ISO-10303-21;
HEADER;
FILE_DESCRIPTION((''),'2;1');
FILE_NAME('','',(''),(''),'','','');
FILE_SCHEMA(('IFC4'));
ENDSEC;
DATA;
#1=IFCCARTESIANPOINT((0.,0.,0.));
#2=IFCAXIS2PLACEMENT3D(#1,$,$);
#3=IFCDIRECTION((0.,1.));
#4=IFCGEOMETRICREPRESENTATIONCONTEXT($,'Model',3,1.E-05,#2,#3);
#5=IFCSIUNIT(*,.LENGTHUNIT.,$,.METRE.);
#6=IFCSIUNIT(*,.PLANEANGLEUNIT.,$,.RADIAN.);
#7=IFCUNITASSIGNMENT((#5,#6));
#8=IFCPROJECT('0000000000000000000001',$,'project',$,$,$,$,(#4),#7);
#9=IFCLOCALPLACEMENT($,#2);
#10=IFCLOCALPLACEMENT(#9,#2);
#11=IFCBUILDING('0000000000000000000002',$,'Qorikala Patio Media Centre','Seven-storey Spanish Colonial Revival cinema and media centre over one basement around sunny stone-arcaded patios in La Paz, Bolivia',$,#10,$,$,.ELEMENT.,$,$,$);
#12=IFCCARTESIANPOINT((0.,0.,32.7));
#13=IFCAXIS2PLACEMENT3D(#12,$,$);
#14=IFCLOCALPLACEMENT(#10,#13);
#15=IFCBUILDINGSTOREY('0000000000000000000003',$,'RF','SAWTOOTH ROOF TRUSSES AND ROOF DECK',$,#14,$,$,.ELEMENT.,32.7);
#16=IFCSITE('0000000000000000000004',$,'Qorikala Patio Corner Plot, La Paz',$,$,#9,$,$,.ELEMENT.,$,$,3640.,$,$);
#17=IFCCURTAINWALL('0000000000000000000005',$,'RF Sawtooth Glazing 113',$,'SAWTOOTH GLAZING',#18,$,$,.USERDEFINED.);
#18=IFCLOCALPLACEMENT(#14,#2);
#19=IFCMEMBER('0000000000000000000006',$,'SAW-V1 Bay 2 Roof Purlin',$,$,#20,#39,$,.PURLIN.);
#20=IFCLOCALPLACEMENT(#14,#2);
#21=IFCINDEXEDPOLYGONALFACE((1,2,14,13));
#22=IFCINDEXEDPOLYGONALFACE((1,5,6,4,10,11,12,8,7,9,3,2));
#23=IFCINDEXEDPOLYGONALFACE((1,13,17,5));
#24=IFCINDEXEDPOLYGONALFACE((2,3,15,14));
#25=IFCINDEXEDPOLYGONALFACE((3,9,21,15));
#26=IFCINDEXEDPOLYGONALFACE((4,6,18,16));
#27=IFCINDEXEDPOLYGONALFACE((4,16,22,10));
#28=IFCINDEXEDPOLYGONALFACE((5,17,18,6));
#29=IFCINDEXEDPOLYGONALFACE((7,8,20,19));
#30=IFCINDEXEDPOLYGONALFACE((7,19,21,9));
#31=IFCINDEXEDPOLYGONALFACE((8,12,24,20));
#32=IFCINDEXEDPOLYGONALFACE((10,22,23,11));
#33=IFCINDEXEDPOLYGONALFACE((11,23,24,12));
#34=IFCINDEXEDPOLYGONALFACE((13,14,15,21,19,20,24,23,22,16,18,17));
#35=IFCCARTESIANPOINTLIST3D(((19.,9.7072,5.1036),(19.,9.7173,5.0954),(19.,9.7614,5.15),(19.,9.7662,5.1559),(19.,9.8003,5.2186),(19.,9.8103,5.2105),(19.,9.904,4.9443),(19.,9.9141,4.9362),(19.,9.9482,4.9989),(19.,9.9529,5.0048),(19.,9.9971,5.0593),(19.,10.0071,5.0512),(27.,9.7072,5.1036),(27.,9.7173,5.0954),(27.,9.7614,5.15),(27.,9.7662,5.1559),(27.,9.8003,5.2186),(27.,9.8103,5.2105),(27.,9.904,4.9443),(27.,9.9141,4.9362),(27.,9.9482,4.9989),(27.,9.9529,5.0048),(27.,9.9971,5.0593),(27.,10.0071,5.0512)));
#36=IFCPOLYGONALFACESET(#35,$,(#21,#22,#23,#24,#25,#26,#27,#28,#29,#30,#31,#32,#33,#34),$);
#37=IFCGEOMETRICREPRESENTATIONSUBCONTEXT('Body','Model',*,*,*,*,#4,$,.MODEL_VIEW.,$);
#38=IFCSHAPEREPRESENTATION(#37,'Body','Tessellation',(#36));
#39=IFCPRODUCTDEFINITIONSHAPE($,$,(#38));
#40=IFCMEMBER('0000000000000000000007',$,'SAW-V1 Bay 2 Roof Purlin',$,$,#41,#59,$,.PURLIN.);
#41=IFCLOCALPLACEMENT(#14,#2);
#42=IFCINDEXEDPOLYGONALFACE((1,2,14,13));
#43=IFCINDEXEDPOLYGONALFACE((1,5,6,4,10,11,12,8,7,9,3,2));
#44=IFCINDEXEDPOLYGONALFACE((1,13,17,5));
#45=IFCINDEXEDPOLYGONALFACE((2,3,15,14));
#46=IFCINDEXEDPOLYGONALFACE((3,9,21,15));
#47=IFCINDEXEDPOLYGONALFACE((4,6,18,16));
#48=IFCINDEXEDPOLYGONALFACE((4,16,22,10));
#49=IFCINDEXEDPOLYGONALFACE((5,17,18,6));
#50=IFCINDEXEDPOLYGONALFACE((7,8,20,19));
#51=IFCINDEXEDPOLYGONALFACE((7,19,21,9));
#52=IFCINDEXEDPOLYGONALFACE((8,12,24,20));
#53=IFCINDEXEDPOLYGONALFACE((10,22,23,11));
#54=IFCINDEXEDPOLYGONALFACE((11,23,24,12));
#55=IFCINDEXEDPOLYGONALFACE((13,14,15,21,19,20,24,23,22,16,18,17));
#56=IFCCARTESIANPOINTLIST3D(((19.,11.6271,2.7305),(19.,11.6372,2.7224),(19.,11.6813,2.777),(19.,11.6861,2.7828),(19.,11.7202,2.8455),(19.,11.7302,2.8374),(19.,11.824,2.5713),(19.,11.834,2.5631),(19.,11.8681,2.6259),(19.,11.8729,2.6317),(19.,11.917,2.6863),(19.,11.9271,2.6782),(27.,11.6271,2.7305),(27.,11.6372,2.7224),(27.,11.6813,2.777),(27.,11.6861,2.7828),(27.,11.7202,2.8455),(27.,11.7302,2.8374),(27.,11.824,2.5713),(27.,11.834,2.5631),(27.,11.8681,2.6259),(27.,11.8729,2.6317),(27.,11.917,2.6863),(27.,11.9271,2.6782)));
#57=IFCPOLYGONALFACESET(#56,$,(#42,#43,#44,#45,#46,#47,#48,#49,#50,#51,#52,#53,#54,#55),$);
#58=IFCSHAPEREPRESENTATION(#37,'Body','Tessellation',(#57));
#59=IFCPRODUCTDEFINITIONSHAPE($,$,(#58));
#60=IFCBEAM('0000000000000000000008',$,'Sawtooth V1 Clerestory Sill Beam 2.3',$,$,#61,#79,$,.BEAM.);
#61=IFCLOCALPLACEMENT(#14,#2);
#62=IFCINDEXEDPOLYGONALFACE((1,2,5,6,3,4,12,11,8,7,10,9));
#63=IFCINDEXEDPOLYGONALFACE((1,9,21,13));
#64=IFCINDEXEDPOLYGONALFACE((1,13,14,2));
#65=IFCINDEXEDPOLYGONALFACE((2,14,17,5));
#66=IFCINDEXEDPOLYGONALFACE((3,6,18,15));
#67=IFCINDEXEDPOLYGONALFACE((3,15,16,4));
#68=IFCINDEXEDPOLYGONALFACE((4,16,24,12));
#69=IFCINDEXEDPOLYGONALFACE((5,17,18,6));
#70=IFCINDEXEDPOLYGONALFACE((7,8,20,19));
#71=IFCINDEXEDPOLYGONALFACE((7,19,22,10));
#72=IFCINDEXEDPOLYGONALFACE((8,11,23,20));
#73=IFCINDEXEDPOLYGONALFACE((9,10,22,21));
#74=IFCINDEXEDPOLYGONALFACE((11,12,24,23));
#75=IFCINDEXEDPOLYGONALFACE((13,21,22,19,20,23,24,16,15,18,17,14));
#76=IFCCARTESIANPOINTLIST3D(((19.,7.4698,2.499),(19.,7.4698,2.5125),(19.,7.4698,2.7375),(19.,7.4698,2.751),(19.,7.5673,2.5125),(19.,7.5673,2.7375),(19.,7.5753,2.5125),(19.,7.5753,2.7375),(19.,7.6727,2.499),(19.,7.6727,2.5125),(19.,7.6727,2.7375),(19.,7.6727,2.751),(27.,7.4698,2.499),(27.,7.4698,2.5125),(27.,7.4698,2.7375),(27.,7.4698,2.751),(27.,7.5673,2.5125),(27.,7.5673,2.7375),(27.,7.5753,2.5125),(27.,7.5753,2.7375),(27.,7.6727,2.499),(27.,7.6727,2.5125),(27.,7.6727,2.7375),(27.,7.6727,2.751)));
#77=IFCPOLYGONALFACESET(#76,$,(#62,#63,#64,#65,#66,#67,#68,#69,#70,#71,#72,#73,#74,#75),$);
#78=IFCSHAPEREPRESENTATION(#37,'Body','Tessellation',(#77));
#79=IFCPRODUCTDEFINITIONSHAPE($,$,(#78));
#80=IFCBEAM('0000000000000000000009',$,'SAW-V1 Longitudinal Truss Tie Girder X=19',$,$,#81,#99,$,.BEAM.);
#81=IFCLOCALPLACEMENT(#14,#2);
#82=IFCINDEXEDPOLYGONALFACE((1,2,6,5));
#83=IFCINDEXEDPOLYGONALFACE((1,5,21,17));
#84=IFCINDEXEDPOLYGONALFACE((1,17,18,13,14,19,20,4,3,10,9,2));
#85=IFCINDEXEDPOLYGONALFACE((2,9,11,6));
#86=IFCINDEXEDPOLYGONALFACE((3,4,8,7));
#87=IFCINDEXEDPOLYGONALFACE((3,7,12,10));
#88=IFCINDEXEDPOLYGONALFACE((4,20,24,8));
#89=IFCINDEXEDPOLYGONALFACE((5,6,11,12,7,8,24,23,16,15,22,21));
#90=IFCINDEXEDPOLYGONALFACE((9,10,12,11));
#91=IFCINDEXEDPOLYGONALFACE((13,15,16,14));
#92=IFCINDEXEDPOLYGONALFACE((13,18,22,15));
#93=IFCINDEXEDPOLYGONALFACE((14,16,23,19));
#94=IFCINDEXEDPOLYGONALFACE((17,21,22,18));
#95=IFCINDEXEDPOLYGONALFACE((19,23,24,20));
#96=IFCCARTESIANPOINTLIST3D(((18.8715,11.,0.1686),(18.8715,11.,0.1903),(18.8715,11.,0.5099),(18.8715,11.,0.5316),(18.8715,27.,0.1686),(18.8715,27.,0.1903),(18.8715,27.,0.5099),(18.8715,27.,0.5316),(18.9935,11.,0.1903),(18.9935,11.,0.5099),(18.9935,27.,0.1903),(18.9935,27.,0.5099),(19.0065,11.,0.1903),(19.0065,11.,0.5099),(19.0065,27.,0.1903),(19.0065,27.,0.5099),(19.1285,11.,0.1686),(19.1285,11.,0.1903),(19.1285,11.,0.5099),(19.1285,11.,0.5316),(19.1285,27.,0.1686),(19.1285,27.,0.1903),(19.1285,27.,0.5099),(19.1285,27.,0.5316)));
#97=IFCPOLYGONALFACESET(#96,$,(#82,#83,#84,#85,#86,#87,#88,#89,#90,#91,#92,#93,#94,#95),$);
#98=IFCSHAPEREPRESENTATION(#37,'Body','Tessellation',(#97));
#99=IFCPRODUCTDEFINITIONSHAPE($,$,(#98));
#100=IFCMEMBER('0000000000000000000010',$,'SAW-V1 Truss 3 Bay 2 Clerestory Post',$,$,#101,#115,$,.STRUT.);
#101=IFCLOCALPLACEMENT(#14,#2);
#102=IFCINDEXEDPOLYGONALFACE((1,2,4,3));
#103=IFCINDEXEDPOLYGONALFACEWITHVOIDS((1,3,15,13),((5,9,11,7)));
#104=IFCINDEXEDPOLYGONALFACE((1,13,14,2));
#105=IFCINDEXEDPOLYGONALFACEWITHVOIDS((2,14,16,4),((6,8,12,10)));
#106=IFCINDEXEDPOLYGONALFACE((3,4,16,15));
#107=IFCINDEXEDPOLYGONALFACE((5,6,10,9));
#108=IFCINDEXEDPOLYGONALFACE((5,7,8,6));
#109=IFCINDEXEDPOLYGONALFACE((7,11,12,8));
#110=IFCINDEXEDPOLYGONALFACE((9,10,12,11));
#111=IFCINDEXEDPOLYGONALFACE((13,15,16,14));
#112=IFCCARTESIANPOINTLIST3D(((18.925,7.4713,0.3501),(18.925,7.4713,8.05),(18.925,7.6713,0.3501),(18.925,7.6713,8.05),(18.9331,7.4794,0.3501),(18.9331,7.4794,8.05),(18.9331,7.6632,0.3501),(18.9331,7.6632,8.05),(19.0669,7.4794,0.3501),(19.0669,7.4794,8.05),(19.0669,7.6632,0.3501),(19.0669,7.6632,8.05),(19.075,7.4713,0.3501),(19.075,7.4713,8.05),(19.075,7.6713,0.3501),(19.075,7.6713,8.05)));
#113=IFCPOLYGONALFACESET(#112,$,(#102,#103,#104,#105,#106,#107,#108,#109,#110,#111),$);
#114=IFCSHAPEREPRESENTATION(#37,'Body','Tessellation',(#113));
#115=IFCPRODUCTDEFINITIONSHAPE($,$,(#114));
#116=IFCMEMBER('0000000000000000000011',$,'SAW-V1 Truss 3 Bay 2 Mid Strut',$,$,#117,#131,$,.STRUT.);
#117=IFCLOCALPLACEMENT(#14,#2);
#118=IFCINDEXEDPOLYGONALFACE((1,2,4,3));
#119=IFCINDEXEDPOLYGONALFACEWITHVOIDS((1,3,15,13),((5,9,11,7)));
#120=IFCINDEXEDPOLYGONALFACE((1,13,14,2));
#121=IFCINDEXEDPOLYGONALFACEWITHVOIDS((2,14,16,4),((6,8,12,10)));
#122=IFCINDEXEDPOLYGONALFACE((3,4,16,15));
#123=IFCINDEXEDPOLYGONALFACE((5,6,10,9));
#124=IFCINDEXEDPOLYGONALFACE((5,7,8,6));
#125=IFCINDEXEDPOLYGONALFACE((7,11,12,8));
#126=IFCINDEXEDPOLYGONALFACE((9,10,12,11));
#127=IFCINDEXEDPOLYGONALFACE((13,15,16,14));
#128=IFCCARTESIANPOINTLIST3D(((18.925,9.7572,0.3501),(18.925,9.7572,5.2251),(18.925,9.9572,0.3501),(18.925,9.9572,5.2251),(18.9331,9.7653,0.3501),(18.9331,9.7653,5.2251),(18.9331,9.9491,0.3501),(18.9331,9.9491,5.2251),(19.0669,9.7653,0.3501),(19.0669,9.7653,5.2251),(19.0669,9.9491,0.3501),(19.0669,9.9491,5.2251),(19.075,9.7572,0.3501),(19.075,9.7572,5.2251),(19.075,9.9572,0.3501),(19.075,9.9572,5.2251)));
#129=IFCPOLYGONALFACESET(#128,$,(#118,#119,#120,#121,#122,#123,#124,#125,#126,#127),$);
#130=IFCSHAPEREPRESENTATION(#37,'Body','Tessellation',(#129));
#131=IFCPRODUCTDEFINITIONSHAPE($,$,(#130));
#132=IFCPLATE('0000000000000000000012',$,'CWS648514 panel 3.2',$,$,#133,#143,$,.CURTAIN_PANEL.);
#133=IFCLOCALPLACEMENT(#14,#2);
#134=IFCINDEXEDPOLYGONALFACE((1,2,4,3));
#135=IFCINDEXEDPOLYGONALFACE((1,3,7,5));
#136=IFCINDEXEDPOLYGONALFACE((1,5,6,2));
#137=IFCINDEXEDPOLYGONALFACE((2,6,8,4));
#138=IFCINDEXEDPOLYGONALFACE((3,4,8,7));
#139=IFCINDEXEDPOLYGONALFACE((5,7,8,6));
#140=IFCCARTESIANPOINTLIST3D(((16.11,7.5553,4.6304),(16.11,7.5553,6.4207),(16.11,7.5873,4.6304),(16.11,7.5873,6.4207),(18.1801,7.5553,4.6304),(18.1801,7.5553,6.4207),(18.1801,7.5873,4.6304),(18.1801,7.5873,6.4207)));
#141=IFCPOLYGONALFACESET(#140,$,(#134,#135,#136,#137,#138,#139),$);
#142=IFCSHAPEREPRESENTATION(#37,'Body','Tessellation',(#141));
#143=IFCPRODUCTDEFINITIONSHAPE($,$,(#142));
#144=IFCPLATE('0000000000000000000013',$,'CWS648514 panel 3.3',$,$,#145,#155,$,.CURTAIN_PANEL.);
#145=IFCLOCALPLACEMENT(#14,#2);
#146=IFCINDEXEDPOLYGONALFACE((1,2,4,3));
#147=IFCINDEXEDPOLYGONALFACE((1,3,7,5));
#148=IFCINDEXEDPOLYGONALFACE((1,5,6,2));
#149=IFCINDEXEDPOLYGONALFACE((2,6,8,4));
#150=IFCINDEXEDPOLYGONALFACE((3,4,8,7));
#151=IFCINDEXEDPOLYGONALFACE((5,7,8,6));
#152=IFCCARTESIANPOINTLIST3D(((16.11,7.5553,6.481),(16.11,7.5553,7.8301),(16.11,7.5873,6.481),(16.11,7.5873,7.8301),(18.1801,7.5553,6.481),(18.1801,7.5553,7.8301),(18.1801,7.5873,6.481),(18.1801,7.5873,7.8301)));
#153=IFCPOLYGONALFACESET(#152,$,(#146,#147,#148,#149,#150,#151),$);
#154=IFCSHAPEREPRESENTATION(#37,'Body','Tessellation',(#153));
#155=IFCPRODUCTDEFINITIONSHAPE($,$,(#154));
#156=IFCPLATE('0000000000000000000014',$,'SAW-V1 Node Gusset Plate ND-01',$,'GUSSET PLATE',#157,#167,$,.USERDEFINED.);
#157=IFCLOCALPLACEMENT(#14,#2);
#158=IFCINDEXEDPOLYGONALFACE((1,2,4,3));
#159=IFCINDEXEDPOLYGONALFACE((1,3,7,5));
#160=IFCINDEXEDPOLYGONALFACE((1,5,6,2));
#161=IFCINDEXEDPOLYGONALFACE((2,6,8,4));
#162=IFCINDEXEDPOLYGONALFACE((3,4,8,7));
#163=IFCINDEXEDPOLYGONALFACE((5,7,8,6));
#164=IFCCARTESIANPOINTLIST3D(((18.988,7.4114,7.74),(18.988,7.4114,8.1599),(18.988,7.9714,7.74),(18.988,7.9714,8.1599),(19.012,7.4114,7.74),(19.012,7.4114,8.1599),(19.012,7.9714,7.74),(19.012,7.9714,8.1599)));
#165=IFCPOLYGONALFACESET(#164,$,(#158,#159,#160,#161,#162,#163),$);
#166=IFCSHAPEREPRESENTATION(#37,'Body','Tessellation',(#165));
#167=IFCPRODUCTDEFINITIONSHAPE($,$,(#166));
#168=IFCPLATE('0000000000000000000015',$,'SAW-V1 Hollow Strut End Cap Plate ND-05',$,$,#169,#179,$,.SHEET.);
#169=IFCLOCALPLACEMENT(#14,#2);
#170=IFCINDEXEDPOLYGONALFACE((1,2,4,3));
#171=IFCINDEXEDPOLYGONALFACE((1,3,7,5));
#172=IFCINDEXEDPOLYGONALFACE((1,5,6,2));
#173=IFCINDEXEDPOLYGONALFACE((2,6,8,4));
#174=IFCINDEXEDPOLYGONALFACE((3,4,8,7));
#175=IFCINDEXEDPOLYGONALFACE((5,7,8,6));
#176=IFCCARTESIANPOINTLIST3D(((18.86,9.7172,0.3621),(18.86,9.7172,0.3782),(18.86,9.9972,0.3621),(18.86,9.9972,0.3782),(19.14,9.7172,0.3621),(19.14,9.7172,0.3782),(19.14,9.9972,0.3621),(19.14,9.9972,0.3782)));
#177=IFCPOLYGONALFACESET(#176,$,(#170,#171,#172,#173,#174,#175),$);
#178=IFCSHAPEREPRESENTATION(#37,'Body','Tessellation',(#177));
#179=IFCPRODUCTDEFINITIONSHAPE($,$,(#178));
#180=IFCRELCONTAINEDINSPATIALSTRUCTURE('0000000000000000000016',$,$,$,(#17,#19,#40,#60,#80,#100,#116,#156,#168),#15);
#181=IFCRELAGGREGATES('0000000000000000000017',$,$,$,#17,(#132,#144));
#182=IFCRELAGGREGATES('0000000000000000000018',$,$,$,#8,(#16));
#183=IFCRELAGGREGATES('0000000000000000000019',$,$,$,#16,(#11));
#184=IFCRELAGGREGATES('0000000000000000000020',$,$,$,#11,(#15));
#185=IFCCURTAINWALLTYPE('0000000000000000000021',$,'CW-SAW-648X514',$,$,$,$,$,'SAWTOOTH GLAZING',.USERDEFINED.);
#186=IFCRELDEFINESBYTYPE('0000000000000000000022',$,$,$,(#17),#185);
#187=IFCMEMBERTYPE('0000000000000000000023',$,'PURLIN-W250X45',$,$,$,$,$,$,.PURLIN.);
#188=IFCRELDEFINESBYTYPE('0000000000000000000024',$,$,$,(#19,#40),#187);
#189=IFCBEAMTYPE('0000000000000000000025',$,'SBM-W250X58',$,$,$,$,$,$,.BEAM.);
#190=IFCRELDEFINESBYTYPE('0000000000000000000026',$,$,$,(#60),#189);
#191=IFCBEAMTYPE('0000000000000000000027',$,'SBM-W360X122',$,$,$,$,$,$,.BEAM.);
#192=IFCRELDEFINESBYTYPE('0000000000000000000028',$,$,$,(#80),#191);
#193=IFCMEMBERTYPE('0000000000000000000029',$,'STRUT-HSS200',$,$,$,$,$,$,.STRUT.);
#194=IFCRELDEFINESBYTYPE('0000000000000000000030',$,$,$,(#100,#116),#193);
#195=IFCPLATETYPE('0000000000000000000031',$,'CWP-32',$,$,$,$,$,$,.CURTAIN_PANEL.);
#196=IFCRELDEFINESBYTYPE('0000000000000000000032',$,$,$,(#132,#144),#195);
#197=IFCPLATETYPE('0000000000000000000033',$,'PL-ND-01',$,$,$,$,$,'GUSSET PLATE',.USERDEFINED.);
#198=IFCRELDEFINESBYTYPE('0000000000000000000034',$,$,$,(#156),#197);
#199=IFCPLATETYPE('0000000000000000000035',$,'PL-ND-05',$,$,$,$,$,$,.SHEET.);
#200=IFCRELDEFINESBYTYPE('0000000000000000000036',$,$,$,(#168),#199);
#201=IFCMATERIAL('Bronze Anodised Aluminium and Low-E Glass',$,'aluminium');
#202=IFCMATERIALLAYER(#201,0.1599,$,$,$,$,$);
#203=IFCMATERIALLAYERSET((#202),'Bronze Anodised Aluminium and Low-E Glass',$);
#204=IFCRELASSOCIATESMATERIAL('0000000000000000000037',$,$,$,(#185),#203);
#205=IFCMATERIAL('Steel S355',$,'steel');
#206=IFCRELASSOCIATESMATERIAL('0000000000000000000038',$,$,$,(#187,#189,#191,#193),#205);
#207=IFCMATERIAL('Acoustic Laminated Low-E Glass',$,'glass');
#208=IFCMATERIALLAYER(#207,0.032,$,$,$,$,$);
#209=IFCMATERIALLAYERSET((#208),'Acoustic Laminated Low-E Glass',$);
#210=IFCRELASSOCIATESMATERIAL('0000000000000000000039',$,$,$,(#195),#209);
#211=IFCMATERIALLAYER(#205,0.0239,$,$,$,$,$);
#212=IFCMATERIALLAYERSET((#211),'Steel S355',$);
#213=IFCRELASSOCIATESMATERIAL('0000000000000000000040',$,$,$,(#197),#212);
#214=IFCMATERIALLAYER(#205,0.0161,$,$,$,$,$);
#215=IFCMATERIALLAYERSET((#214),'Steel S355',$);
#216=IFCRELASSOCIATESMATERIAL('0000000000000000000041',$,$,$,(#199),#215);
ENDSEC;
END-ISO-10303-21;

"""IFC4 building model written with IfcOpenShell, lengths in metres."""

from ifc_helpers import new_model, si_unit, direction, frame, origin, origin_2d, place, context, subcontext, project, spatial, rectangle, hollow_rectangle, i_section, extrude, material, layer, layer_set, material_profile, profile_set, type_object, element, aggregate, save


model = new_model("IFC4")

# Units and contexts
model_context = context("Model", 3, precision=1e-05, world=origin(), true_north=direction((0.0, 1.0)))
body_context = subcontext(model_context, "Body", "Model", "MODEL_VIEW")
ifc_project = project(units=[si_unit("LENGTHUNIT", "METRE"), si_unit("PLANEANGLEUNIT", "RADIAN")], contexts=[model_context])

# Site, building, storey
site_placement = place(None, origin())
site = spatial("IfcSite", under=ifc_project, at=site_placement, Name="Qorikala Patio Corner Plot, La Paz", CompositionType="ELEMENT", RefElevation=3640.0)
building_placement = place(site_placement, origin())
building = spatial("IfcBuilding", under=site, at=building_placement, Name="Qorikala Patio Media Centre", Description="Seven-storey Spanish Colonial Revival cinema and media centre over one basement around sunny stone-arcaded patios in La Paz, Bolivia", CompositionType="ELEMENT")
storey_placement = place(building_placement, frame((0.0, 0.0, 32.7)))
storey = spatial("IfcBuildingStorey", under=building, at=storey_placement, Name="RF", Description="SAWTOOTH ROOF TRUSSES AND ROOF DECK", CompositionType="ELEMENT", Elevation=32.7)

# Shared definitions
ifc_material_1 = material(Name="Steel S355", Category="steel")

# Curtain wall
ifc_material_2 = material(Name="Bronze Anodised Aluminium and Low-E Glass", Category="aluminium")
ifc_layer_1 = layer(ifc_material_2, 0.1599)
ifc_layer_set_1 = layer_set([ifc_layer_1], Name="Bronze Anodised Aluminium and Low-E Glass")
curtain_wall_type_1 = type_object("IfcCurtainWallType", Name="CW-SAW-648X514", ElementType="SAWTOOTH GLAZING", PredefinedType="USERDEFINED", material=ifc_layer_set_1)
curtain_wall_1_placement = place(storey_placement, origin())
curtain_wall_1 = element("IfcCurtainWall", 1, at=curtain_wall_1_placement, inside=storey, type_object=curtain_wall_type_1, Name="RF Sawtooth Glazing 113", ObjectType="SAWTOOTH GLAZING", PredefinedType="USERDEFINED")

# Members
ifc_material_profile_1 = material_profile(ifc_material_1, i_section(OverallWidth=0.1479, OverallDepth=0.2661, WebThickness=0.0076, FlangeThickness=0.0129, at=origin_2d()), Name="W250X45")
ifc_profile_set_1 = profile_set([ifc_material_profile_1], Name="Steel S355")
member_type_1 = type_object("IfcMemberType", Name="PURLIN-W250X45", PredefinedType="PURLIN", material=ifc_profile_set_1)
for number, where, z_axis, x_axis, name in (
    (2, (19.0, 9.8572, 5.0774), (1.0, 0.0, 0.0), (0.0, 0.628995, 0.77741), "SAW-V1 Bay 2 Roof Purlin"),
    (3, (19.0, 11.7771, 2.7043), (1.0, 0.0, 0.0), (0.0, 0.628995, 0.77741), "SAW-V1 Bay 2 Roof Purlin"),
):
    element("IfcMember", number, at=place(storey_placement, frame(where, z_axis=z_axis, x_axis=x_axis)), inside=storey, type_object=member_type_1, Name=name, PredefinedType="PURLIN", context=body_context, shape_type="SweptSolid", body=[
        extrude(i_section(OverallWidth=0.1479, OverallDepth=0.2661, WebThickness=0.0076, FlangeThickness=0.0129, at=origin_2d()), origin(), (0.0, 0.0, 1.0), 8.0),
    ])

# Beams
ifc_material_profile_2 = material_profile(ifc_material_1, i_section(OverallWidth=0.2029, OverallDepth=0.252, WebThickness=0.0081, FlangeThickness=0.0134, at=origin_2d()), Name="W250X58")
ifc_profile_set_2 = profile_set([ifc_material_profile_2], Name="Steel S355")
beam_type_1 = type_object("IfcBeamType", Name="SBM-W250X58", PredefinedType="BEAM", material=ifc_profile_set_2)
beam_1_placement = place(storey_placement, frame((19.0, 7.5713, 2.625), z_axis=(1.0, 0.0, 0.0), x_axis=(0.0, 1.0, 0.0)))
element("IfcBeam", 4, at=beam_1_placement, inside=storey, type_object=beam_type_1, Name="Sawtooth V1 Clerestory Sill Beam 2.3", PredefinedType="BEAM", context=body_context, shape_type="SweptSolid", body=[
    extrude(i_section(OverallWidth=0.2029, OverallDepth=0.252, WebThickness=0.0081, FlangeThickness=0.0134, at=origin_2d()), origin(), (0.0, 0.0, 1.0), 8.0),
])
ifc_material_profile_3 = material_profile(ifc_material_1, i_section(OverallWidth=0.2571, OverallDepth=0.363, WebThickness=0.0129, FlangeThickness=0.0217, at=origin_2d()), Name="W360X122")
ifc_profile_set_3 = profile_set([ifc_material_profile_3], Name="Steel S355")
beam_type_2 = type_object("IfcBeamType", Name="SBM-W360X122", PredefinedType="BEAM", material=ifc_profile_set_3)
beam_2_placement = place(storey_placement, frame((19.0, 11.0, 0.3501), z_axis=(0.0, 1.0, 0.0), x_axis=(-1.0, 0.0, 0.0)))
element("IfcBeam", 5, at=beam_2_placement, inside=storey, type_object=beam_type_2, Name="SAW-V1 Longitudinal Truss Tie Girder X=19", PredefinedType="BEAM", context=body_context, shape_type="SweptSolid", body=[
    extrude(i_section(OverallWidth=0.2571, OverallDepth=0.363, WebThickness=0.0129, FlangeThickness=0.0217, at=origin_2d()), origin(), (0.0, 0.0, 1.0), 16.0),
])

# Members
ifc_material_profile_4 = material_profile(ifc_material_1, hollow_rectangle(XDim=0.1499, YDim=0.2, WallThickness=0.0081, at=origin_2d()), Name="HSS200X150X8")
ifc_profile_set_4 = profile_set([ifc_material_profile_4], Name="Steel S355")
member_type_2 = type_object("IfcMemberType", Name="STRUT-HSS200", PredefinedType="STRUT", material=ifc_profile_set_4)
member_1_placement = place(storey_placement, frame((19.0, 7.5713, 0.3501), z_axis=(0.0, 0.0, 1.0), x_axis=(1.0, 0.0, 0.0)))
element("IfcMember", 6, at=member_1_placement, inside=storey, type_object=member_type_2, Name="SAW-V1 Truss 3 Bay 2 Clerestory Post", PredefinedType="STRUT", context=body_context, shape_type="SweptSolid", body=[
    extrude(hollow_rectangle(XDim=0.1499, YDim=0.2, WallThickness=0.0081, at=origin_2d()), origin(), (0.0, 0.0, 1.0), 7.7),
])
member_2_placement = place(storey_placement, frame((19.0, 9.8572, 0.3501), z_axis=(0.0, 0.0, 1.0), x_axis=(1.0, 0.0, 0.0)))
element("IfcMember", 7, at=member_2_placement, inside=storey, type_object=member_type_2, Name="SAW-V1 Truss 3 Bay 2 Mid Strut", PredefinedType="STRUT", context=body_context, shape_type="SweptSolid", body=[
    extrude(hollow_rectangle(XDim=0.1499, YDim=0.2, WallThickness=0.0081, at=origin_2d()), origin(), (0.0, 0.0, 1.0), 4.875),
])

# Plates
ifc_material_3 = material(Name="Acoustic Laminated Low-E Glass", Category="glass")
ifc_layer_2 = layer(ifc_material_3, 0.032)
ifc_layer_set_2 = layer_set([ifc_layer_2], Name="Acoustic Laminated Low-E Glass")
plate_type_1 = type_object("IfcPlateType", Name="CWP-32", PredefinedType="CURTAIN_PANEL", material=ifc_layer_set_2)
plate_1_placement = place(storey_placement, frame((17.145, 7.5713, 4.6304), z_axis=(0.0, 0.0, 1.0), x_axis=(1.0, 0.0, 0.0)))
plate_1 = element("IfcPlate", 8, at=plate_1_placement, type_object=plate_type_1, Name="CWS648514 panel 3.2", PredefinedType="CURTAIN_PANEL", context=body_context, shape_type="SweptSolid", body=[
    extrude(rectangle(XDim=2.0701, YDim=0.032, at=origin_2d()), origin(), (0.0, 0.0, 1.0), 1.7903),
])
plate_2_placement = place(storey_placement, frame((17.145, 7.5713, 6.481), z_axis=(0.0, 0.0, 1.0), x_axis=(1.0, 0.0, 0.0)))
plate_2 = element("IfcPlate", 9, at=plate_2_placement, type_object=plate_type_1, Name="CWS648514 panel 3.3", PredefinedType="CURTAIN_PANEL", context=body_context, shape_type="SweptSolid", body=[
    extrude(rectangle(XDim=2.0701, YDim=0.032, at=origin_2d()), origin(), (0.0, 0.0, 1.0), 1.3491),
])
aggregate(curtain_wall_1, [plate_1, plate_2])

# Plates
ifc_layer_3 = layer(ifc_material_1, 0.0239)
ifc_layer_set_3 = layer_set([ifc_layer_3], Name="Steel S355")
plate_type_2 = type_object("IfcPlateType", Name="PL-ND-01", ElementType="GUSSET PLATE", PredefinedType="USERDEFINED", material=ifc_layer_set_3)
plate_3_placement = place(storey_placement, frame((19.0, 7.6914, 7.74), z_axis=(0.0, 0.0, 1.0), x_axis=(1.0, 0.0, 0.0)))
element("IfcPlate", 10, at=plate_3_placement, inside=storey, type_object=plate_type_2, Name="SAW-V1 Node Gusset Plate ND-01", ObjectType="GUSSET PLATE", PredefinedType="USERDEFINED", context=body_context, shape_type="SweptSolid", body=[
    extrude(rectangle(XDim=0.0239, YDim=0.5601, at=origin_2d()), origin(), (0.0, 0.0, 1.0), 0.4199),
])
ifc_layer_4 = layer(ifc_material_1, 0.0161)
ifc_layer_set_4 = layer_set([ifc_layer_4], Name="Steel S355")
plate_type_3 = type_object("IfcPlateType", Name="PL-ND-05", PredefinedType="SHEET", material=ifc_layer_set_4)
plate_4_placement = place(storey_placement, frame((19.0, 9.8572, 0.3621), z_axis=(0.0, 0.0, 1.0), x_axis=(1.0, 0.0, 0.0)))
element("IfcPlate", 11, at=plate_4_placement, inside=storey, type_object=plate_type_3, Name="SAW-V1 Hollow Strut End Cap Plate ND-05", PredefinedType="SHEET", context=body_context, shape_type="SweptSolid", body=[
    extrude(rectangle(XDim=0.28, YDim=0.28, at=origin_2d()), origin(), (0.0, 0.0, 1.0), 0.0161),
])

save(model, "model.ifc")
